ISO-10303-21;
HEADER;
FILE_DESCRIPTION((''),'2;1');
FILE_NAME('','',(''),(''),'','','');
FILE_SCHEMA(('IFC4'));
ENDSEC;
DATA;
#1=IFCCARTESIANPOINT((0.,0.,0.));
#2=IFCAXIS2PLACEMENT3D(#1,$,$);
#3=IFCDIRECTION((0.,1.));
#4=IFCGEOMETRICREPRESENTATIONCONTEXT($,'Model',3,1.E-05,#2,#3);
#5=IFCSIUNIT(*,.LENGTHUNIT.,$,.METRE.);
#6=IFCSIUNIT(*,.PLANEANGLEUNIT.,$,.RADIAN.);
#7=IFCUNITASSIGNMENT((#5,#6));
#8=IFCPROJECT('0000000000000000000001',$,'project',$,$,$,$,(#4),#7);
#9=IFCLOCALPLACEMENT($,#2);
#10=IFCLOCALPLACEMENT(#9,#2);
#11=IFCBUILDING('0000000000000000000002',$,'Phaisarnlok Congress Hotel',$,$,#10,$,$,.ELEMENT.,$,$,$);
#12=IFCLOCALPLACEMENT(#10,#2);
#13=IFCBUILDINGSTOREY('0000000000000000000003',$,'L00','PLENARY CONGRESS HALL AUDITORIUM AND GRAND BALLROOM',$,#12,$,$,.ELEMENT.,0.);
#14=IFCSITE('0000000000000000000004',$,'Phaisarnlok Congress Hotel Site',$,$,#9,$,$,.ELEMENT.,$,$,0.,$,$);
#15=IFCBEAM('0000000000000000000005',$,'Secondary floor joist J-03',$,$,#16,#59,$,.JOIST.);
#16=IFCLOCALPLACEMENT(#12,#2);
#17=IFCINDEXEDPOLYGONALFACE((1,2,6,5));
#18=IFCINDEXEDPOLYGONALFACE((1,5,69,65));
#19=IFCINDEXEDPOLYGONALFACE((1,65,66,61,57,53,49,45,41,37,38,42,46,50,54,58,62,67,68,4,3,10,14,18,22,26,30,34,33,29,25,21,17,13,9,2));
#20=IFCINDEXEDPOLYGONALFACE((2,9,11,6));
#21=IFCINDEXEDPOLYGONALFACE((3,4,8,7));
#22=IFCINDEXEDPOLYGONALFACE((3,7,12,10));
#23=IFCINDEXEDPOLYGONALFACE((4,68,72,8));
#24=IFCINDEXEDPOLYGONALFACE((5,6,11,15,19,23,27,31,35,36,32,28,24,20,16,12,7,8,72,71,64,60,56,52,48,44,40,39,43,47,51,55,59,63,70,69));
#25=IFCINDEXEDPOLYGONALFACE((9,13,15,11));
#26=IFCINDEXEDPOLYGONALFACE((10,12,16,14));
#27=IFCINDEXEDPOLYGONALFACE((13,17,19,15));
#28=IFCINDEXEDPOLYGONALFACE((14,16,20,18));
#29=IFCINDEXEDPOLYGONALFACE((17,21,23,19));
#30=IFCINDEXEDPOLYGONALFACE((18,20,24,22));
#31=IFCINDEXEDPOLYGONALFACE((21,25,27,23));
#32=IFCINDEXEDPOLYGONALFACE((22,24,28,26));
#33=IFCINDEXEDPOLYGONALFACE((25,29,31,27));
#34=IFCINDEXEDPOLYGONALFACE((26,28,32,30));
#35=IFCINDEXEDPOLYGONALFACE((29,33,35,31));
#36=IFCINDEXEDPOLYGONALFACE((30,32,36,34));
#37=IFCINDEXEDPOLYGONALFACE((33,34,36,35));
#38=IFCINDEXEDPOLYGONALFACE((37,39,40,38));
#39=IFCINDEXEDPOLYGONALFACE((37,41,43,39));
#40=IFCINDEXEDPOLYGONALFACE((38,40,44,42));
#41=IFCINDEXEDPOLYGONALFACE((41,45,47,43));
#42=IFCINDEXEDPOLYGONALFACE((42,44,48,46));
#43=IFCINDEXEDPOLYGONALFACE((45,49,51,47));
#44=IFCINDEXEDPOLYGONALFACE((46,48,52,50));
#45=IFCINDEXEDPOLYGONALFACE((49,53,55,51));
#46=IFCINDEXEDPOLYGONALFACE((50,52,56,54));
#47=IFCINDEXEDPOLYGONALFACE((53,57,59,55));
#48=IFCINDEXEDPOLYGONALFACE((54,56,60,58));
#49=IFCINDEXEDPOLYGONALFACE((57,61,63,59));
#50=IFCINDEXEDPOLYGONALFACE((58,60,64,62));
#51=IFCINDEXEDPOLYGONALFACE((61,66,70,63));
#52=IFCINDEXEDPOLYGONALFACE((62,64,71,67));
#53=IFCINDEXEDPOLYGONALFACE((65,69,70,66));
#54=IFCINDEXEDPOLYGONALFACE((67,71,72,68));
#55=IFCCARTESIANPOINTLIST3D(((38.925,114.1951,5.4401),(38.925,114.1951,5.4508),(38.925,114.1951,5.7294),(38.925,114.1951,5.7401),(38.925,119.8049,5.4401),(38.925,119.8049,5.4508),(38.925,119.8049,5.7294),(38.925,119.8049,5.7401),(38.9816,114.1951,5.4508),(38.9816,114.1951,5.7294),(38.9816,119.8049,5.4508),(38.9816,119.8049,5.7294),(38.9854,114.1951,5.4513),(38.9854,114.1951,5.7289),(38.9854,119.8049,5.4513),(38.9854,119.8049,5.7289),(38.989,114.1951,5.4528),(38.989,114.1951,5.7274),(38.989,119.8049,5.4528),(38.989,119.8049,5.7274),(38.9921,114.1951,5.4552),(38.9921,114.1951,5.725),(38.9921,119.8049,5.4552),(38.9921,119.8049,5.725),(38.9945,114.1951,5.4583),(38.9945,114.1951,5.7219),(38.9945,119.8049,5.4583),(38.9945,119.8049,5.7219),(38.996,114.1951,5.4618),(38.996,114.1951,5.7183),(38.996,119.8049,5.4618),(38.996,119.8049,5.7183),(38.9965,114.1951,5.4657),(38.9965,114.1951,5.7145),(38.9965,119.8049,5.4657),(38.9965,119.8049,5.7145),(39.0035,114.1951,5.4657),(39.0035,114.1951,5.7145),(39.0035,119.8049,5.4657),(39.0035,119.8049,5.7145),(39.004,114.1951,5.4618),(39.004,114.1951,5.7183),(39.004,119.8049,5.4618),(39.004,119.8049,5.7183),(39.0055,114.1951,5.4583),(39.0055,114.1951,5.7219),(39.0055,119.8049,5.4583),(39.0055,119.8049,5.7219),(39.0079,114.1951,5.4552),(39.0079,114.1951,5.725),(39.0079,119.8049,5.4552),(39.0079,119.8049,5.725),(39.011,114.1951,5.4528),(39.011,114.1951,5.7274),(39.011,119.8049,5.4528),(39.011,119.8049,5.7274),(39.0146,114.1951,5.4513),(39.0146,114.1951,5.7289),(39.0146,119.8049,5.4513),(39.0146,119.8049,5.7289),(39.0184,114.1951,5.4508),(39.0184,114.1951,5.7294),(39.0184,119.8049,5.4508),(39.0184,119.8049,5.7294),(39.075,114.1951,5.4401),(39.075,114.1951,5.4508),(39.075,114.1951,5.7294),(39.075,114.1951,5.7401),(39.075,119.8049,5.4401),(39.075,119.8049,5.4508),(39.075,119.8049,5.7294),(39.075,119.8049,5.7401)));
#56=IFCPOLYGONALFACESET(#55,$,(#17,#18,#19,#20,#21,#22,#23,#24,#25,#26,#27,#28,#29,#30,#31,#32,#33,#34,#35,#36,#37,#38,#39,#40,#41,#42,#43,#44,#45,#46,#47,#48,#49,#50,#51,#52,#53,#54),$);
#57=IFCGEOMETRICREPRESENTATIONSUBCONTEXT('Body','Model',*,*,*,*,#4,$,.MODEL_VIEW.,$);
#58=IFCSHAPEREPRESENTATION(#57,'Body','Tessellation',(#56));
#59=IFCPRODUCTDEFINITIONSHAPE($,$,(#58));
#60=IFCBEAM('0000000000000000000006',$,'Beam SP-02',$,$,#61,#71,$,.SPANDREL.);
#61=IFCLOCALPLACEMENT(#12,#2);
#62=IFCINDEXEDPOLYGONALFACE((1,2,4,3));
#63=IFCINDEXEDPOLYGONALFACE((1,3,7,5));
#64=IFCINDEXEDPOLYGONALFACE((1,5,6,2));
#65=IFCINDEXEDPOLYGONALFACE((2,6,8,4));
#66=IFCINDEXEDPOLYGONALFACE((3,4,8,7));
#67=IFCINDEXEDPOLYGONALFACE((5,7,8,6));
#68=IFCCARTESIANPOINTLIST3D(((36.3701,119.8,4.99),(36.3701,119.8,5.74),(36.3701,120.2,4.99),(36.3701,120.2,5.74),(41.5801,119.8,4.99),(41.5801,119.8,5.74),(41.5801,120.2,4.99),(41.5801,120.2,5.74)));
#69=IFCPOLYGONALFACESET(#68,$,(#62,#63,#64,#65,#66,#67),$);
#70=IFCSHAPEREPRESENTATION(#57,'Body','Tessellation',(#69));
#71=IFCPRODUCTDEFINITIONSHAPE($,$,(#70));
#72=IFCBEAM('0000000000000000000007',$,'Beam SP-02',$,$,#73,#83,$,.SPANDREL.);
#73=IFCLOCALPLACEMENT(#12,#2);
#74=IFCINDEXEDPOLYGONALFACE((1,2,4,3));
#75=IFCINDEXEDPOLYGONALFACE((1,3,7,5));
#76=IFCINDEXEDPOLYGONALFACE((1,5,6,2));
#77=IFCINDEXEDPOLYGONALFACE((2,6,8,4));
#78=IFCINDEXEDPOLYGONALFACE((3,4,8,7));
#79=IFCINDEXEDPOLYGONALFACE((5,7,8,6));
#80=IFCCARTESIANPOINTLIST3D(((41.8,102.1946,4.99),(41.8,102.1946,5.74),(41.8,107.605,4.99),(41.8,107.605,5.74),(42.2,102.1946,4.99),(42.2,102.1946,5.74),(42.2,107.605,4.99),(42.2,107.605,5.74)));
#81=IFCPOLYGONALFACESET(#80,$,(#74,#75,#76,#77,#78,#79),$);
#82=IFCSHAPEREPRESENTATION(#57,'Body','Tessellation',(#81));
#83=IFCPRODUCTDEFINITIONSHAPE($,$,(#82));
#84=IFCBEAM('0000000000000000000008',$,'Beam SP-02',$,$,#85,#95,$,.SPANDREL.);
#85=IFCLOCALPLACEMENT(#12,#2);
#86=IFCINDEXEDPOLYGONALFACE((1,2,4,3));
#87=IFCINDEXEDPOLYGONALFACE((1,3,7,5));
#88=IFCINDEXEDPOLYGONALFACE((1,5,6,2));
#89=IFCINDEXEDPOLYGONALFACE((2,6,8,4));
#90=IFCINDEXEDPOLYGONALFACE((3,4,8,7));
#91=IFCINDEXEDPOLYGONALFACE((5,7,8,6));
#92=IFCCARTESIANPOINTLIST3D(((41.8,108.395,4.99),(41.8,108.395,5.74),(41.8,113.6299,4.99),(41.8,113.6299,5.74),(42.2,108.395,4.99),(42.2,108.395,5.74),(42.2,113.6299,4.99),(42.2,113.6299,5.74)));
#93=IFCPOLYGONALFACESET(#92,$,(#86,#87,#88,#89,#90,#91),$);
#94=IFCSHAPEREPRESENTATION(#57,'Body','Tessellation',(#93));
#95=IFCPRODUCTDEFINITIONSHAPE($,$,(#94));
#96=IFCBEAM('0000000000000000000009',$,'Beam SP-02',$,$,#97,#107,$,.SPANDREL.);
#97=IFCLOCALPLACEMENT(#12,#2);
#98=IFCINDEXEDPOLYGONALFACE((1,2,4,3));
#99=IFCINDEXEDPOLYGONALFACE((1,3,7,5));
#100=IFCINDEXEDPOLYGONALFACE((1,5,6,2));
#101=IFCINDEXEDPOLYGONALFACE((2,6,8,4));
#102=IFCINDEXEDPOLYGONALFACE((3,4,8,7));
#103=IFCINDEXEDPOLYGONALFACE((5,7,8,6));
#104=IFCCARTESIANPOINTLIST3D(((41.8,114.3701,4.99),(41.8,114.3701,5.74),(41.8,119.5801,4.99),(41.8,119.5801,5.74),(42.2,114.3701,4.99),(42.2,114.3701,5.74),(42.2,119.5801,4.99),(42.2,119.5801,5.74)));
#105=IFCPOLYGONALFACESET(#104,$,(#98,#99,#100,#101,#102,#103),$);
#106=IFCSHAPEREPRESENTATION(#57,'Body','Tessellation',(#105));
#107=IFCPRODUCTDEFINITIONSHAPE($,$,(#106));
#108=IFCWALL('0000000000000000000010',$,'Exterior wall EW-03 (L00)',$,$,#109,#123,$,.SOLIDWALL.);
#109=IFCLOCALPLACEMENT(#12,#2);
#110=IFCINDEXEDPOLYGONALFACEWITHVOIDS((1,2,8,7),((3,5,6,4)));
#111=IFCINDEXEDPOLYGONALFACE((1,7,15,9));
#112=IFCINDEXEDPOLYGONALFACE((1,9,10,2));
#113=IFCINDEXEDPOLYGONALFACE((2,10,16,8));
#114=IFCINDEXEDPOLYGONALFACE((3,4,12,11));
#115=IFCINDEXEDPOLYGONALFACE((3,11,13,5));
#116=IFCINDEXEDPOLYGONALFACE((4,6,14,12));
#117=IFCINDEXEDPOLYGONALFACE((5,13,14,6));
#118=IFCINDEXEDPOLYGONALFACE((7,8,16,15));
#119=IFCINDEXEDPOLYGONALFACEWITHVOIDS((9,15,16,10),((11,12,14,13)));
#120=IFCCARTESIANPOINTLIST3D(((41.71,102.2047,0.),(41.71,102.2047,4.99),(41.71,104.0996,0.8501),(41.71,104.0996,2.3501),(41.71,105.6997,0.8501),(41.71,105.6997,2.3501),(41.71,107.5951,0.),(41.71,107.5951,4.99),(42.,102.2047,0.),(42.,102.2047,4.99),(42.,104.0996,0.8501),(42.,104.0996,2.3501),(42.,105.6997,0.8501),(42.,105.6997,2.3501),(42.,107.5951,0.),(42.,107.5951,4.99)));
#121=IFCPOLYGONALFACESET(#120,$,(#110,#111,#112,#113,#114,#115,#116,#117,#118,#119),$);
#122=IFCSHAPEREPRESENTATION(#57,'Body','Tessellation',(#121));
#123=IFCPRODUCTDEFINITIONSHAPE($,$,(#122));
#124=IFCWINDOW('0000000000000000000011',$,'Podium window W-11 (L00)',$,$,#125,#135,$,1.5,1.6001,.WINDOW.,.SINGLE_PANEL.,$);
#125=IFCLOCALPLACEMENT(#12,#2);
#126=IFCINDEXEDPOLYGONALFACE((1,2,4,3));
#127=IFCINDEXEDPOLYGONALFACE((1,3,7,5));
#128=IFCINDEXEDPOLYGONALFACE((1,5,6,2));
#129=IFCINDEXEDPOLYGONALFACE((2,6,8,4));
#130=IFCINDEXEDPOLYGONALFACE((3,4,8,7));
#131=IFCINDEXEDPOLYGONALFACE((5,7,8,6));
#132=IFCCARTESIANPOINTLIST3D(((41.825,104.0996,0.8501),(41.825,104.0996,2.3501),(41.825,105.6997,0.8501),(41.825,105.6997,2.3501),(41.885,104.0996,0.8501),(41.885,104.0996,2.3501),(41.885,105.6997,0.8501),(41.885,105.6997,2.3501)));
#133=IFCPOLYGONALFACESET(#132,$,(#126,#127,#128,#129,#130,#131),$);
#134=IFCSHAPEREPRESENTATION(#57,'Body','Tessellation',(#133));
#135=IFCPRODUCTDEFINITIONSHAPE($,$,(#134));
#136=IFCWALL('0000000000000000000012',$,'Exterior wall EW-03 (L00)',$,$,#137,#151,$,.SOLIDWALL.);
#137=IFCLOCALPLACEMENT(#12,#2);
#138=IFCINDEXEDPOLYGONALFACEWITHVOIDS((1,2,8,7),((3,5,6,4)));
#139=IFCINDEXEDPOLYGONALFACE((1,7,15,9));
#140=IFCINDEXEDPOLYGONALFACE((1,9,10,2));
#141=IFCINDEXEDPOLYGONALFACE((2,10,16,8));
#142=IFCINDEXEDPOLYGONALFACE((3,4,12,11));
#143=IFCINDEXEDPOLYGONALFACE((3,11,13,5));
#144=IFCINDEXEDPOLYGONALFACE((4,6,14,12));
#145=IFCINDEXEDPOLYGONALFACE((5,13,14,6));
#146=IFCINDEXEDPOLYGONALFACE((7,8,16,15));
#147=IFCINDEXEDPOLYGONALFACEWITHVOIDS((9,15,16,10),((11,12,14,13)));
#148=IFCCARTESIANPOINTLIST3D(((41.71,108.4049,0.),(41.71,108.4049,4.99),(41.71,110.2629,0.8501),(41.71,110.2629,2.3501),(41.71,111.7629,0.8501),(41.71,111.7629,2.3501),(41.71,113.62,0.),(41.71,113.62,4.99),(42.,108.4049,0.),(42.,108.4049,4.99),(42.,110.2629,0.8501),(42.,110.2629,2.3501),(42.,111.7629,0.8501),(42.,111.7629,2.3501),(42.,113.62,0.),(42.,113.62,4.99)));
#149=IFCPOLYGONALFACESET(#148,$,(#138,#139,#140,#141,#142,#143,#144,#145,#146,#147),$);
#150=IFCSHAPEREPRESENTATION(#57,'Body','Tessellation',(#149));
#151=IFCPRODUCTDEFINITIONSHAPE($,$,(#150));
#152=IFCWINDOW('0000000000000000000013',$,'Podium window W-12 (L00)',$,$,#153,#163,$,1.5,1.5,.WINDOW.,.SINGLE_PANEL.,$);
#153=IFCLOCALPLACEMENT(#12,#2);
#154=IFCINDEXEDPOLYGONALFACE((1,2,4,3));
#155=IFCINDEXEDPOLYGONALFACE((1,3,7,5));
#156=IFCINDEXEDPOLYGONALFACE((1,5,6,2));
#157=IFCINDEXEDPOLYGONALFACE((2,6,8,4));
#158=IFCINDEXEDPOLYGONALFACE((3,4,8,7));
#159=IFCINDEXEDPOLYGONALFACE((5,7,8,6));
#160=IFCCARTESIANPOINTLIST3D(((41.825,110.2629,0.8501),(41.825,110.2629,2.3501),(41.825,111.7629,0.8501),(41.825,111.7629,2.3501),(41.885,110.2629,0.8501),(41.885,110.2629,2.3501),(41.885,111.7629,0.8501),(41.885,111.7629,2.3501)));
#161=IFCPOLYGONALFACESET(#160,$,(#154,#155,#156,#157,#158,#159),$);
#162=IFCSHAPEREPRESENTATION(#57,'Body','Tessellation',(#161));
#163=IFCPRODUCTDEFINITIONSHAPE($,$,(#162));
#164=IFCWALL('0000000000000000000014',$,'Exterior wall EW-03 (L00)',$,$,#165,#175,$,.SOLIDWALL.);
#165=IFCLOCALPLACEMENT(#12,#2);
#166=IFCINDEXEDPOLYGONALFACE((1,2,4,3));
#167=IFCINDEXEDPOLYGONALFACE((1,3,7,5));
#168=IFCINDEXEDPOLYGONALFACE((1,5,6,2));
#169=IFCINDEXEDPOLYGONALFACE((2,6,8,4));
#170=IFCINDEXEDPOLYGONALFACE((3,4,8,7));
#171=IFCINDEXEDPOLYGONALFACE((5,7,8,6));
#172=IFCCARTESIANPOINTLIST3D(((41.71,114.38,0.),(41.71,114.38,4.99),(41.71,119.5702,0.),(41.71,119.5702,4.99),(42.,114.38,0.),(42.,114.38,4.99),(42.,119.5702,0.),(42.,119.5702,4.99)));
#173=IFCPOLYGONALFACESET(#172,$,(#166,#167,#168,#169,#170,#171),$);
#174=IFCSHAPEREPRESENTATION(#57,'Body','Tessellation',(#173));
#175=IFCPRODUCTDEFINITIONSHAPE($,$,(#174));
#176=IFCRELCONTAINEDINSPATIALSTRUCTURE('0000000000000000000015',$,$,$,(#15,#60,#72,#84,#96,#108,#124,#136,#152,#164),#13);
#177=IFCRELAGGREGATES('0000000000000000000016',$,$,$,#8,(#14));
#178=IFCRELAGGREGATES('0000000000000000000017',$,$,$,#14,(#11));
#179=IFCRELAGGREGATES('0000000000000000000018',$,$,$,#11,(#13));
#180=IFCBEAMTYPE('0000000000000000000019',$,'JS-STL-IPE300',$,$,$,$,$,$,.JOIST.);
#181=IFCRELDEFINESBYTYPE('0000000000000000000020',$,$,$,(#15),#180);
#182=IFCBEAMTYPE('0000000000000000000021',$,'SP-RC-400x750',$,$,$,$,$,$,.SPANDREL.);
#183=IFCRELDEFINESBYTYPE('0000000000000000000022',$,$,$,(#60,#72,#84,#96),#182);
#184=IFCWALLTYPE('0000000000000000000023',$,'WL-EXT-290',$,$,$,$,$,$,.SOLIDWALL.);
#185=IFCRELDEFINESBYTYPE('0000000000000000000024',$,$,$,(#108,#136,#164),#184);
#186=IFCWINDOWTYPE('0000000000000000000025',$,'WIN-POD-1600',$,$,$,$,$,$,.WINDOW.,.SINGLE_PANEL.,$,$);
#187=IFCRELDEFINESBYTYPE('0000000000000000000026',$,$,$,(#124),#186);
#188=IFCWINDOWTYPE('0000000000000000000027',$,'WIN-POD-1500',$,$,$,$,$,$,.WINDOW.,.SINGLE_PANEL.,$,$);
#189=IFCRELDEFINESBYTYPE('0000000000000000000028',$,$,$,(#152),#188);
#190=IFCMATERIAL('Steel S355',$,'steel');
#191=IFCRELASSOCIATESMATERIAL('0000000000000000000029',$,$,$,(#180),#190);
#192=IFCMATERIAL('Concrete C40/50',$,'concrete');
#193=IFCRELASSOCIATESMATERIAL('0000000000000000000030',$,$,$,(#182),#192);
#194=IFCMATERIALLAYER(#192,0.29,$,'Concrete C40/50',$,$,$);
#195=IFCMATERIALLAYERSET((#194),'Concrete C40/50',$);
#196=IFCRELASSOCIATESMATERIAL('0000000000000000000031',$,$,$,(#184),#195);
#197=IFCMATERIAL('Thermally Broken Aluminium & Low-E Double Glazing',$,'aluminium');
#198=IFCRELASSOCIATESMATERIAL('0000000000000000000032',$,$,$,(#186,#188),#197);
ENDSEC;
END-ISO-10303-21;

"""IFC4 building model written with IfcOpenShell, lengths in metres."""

from ifc_helpers import new_model, si_unit, direction, frame, frame_2d, origin, origin_2d, place, context, subcontext, project, spatial, rectangle, i_section, extrude, material, layer, layer_set, material_profile, profile_set, type_object, element, fill, save


model = new_model("IFC4")

# Units and contexts
model_context = context("Model", 3, precision=1e-05, world=origin(), true_north=direction((0.0, 1.0)))
body_context = subcontext(model_context, "Body", "Model", "MODEL_VIEW")
ifc_project = project(units=[si_unit("LENGTHUNIT", "METRE"), si_unit("PLANEANGLEUNIT", "RADIAN")], contexts=[model_context])

# Site, building, storey
site_placement = place(None, origin())
site = spatial("IfcSite", under=ifc_project, at=site_placement, Name="Phaisarnlok Congress Hotel Site", CompositionType="ELEMENT", RefElevation=0.0)
building_placement = place(site_placement, origin())
building = spatial("IfcBuilding", under=site, at=building_placement, Name="Phaisarnlok Congress Hotel", CompositionType="ELEMENT")
storey_placement = place(building_placement, origin())
storey = spatial("IfcBuildingStorey", under=building, at=storey_placement, Name="L00", Description="PLENARY CONGRESS HALL AUDITORIUM AND GRAND BALLROOM", CompositionType="ELEMENT", Elevation=0.0)

# Beams
ifc_material_1 = material(Name="Concrete C40/50", Category="concrete")
ifc_material_2 = material(Name="Steel S355", Category="steel")
ifc_material_profile_1 = material_profile(ifc_material_2, i_section(OverallWidth=0.1499, OverallDepth=0.3, WebThickness=0.0071, FlangeThickness=0.0107, FilletRadius=0.0149, at=origin_2d()), Name="IPE 300")
ifc_profile_set_1 = profile_set([ifc_material_profile_1], Name="Steel S355")
beam_type_1 = type_object("IfcBeamType", Name="JS-STL-IPE300", PredefinedType="JOIST", material=ifc_profile_set_1)
for number, where, z_axis, x_axis, name in (
    (1, (39.0, 114.1951, 5.5901), (0.0, 1.0, 0.0), (-1.0, 0.0, 0.0), "Secondary floor joist J-03"),
):
    element("IfcBeam", number, at=place(storey_placement, frame(where, z_axis=z_axis, x_axis=x_axis)), inside=storey, type_object=beam_type_1, Name=name, PredefinedType="JOIST", context=body_context, shape_type="SweptSolid", body=[
        extrude(i_section(OverallWidth=0.1499, OverallDepth=0.3, WebThickness=0.0071, FlangeThickness=0.0107, FilletRadius=0.0149, at=origin_2d()), origin(), (0.0, 0.0, 1.0), 5.6099),
    ])
ifc_material_profile_2 = material_profile(ifc_material_1, rectangle(XDim=0.3999, YDim=0.75, at=origin_2d()), Name="RC 400x750")
ifc_profile_set_2 = profile_set([ifc_material_profile_2], Name="Concrete C40/50")
beam_type_2 = type_object("IfcBeamType", Name="SP-RC-400x750", PredefinedType="SPANDREL", material=ifc_profile_set_2)
beam_1_placement = place(storey_placement, frame((36.3701, 120.0, 5.365), z_axis=(1.0, 0.0, 0.0), x_axis=(0.0, 1.0, 0.0)))
element("IfcBeam", 2, at=beam_1_placement, inside=storey, type_object=beam_type_2, Name="Beam SP-02", PredefinedType="SPANDREL", context=body_context, shape_type="SweptSolid", body=[
    extrude(rectangle(XDim=0.3999, YDim=0.75, at=origin_2d()), origin(), (0.0, 0.0, 1.0), 5.21),
])
beam_2_placement = place(storey_placement, frame((42.0, 102.1946, 5.365), z_axis=(0.0, 1.0, 0.0), x_axis=(-1.0, 0.0, 0.0)))
element("IfcBeam", 3, at=beam_2_placement, inside=storey, type_object=beam_type_2, Name="Beam SP-02", PredefinedType="SPANDREL", context=body_context, shape_type="SweptSolid", body=[
    extrude(rectangle(XDim=0.3999, YDim=0.75, at=origin_2d()), origin(), (0.0, 0.0, 1.0), 5.4104),
])
beam_3_placement = place(storey_placement, frame((42.0, 108.395, 5.365), z_axis=(0.0, 1.0, 0.0), x_axis=(-1.0, 0.0, 0.0)))
element("IfcBeam", 4, at=beam_3_placement, inside=storey, type_object=beam_type_2, Name="Beam SP-02", PredefinedType="SPANDREL", context=body_context, shape_type="SweptSolid", body=[
    extrude(rectangle(XDim=0.3999, YDim=0.75, at=origin_2d()), origin(), (0.0, 0.0, 1.0), 5.2349),
])
beam_4_placement = place(storey_placement, frame((42.0, 114.3701, 5.365), z_axis=(0.0, 1.0, 0.0), x_axis=(-1.0, 0.0, 0.0)))
element("IfcBeam", 5, at=beam_4_placement, inside=storey, type_object=beam_type_2, Name="Beam SP-02", PredefinedType="SPANDREL", context=body_context, shape_type="SweptSolid", body=[
    extrude(rectangle(XDim=0.3999, YDim=0.75, at=origin_2d()), origin(), (0.0, 0.0, 1.0), 5.21),
])

# Walls, openings, windows
ifc_layer_1 = layer(ifc_material_1, 0.29, Name="Concrete C40/50")
ifc_layer_set_1 = layer_set([ifc_layer_1], Name="Concrete C40/50")
wall_type_1 = type_object("IfcWallType", Name="WL-EXT-290", PredefinedType="SOLIDWALL", material=ifc_layer_set_1)
wall_1_placement = place(storey_placement, frame((41.855, 102.2046, 0.0), z_axis=(0.0, 0.0, 1.0), x_axis=(0.0, 1.0, 0.0)))
wall_1 = element("IfcWall", 6, at=wall_1_placement, inside=storey, type_object=wall_type_1, Name="Exterior wall EW-03 (L00)", PredefinedType="SOLIDWALL", context=body_context, shape_type="SweptSolid", body=[
    extrude(rectangle(XDim=5.3904, YDim=0.29, at=frame_2d((2.6953, 0.0))), origin(), (0.0, 0.0, 1.0), 4.99),
])
opening_1_placement = place(wall_1_placement, frame((1.895, 0.0, 0.8501)))
opening_1 = element("IfcOpeningElement", 7, at=opening_1_placement, cuts=wall_1, PredefinedType="OPENING", context=body_context, shape_type="SweptSolid", body=[
    extrude(rectangle(XDim=1.6001, YDim=1.5, at=frame_2d((0.8, 0.75))), frame((0.0, 0.155, 0.0), z_axis=(0.0, -1.0, 0.0), x_axis=(1.0, 0.0, 0.0)), (0.0, 0.0, 1.0), 0.3101),
])
ifc_material_3 = material(Name="Thermally Broken Aluminium & Low-E Double Glazing", Category="aluminium")
window_type_1 = type_object("IfcWindowType", Name="WIN-POD-1600", PartitioningType="SINGLE_PANEL", PredefinedType="WINDOW", material=ifc_material_3)
window_1_placement = place(opening_1_placement, origin())
window_1 = element("IfcWindow", 8, at=window_1_placement, inside=storey, type_object=window_type_1, Name="Podium window W-11 (L00)", OverallHeight=1.5, OverallWidth=1.6001, PartitioningType="SINGLE_PANEL", PredefinedType="WINDOW", context=body_context, shape_type="SweptSolid", body=[
    extrude(rectangle(XDim=1.6001, YDim=1.5, at=frame_2d((0.8, 0.75))), frame((0.0, 0.03, 0.0), z_axis=(0.0, -1.0, 0.0), x_axis=(1.0, 0.0, 0.0)), (0.0, 0.0, 1.0), 0.0601),
])
fill(opening_1, window_1)
wall_2_placement = place(storey_placement, frame((41.855, 108.405, 0.0), z_axis=(0.0, 0.0, 1.0), x_axis=(0.0, 1.0, 0.0)))
wall_2 = element("IfcWall", 9, at=wall_2_placement, inside=storey, type_object=wall_type_1, Name="Exterior wall EW-03 (L00)", PredefinedType="SOLIDWALL", context=body_context, shape_type="SweptSolid", body=[
    extrude(rectangle(XDim=5.2151, YDim=0.29, at=frame_2d((2.6074, 0.0))), origin(), (0.0, 0.0, 1.0), 4.99),
])
opening_2_placement = place(wall_2_placement, frame((1.8579, 0.0, 0.8501)))
opening_2 = element("IfcOpeningElement", 10, at=opening_2_placement, cuts=wall_2, PredefinedType="OPENING", context=body_context, shape_type="SweptSolid", body=[
    extrude(rectangle(XDim=1.5, YDim=1.5, at=frame_2d((0.75, 0.75))), frame((0.0, 0.155, 0.0), z_axis=(0.0, -1.0, 0.0), x_axis=(1.0, 0.0, 0.0)), (0.0, 0.0, 1.0), 0.3101),
])
window_type_2 = type_object("IfcWindowType", Name="WIN-POD-1500", PartitioningType="SINGLE_PANEL", PredefinedType="WINDOW", material=ifc_material_3)
window_2_placement = place(opening_2_placement, origin())
window_2 = element("IfcWindow", 11, at=window_2_placement, inside=storey, type_object=window_type_2, Name="Podium window W-12 (L00)", OverallHeight=1.5, OverallWidth=1.5, PartitioningType="SINGLE_PANEL", PredefinedType="WINDOW", context=body_context, shape_type="SweptSolid", body=[
    extrude(rectangle(XDim=1.5, YDim=1.5, at=frame_2d((0.75, 0.75))), frame((0.0, 0.03, 0.0), z_axis=(0.0, -1.0, 0.0), x_axis=(1.0, 0.0, 0.0)), (0.0, 0.0, 1.0), 0.0601),
])
fill(opening_2, window_2)

# Wall
wall_3_placement = place(storey_placement, frame((41.855, 114.3799, 0.0), z_axis=(0.0, 0.0, 1.0), x_axis=(0.0, 1.0, 0.0)))
element("IfcWall", 12, at=wall_3_placement, inside=storey, type_object=wall_type_1, Name="Exterior wall EW-03 (L00)", PredefinedType="SOLIDWALL", context=body_context, shape_type="SweptSolid", body=[
    extrude(rectangle(XDim=5.1902, YDim=0.29, at=frame_2d((2.5952, 0.0))), origin(), (0.0, 0.0, 1.0), 4.99),
])

save(model, "model.ifc")
